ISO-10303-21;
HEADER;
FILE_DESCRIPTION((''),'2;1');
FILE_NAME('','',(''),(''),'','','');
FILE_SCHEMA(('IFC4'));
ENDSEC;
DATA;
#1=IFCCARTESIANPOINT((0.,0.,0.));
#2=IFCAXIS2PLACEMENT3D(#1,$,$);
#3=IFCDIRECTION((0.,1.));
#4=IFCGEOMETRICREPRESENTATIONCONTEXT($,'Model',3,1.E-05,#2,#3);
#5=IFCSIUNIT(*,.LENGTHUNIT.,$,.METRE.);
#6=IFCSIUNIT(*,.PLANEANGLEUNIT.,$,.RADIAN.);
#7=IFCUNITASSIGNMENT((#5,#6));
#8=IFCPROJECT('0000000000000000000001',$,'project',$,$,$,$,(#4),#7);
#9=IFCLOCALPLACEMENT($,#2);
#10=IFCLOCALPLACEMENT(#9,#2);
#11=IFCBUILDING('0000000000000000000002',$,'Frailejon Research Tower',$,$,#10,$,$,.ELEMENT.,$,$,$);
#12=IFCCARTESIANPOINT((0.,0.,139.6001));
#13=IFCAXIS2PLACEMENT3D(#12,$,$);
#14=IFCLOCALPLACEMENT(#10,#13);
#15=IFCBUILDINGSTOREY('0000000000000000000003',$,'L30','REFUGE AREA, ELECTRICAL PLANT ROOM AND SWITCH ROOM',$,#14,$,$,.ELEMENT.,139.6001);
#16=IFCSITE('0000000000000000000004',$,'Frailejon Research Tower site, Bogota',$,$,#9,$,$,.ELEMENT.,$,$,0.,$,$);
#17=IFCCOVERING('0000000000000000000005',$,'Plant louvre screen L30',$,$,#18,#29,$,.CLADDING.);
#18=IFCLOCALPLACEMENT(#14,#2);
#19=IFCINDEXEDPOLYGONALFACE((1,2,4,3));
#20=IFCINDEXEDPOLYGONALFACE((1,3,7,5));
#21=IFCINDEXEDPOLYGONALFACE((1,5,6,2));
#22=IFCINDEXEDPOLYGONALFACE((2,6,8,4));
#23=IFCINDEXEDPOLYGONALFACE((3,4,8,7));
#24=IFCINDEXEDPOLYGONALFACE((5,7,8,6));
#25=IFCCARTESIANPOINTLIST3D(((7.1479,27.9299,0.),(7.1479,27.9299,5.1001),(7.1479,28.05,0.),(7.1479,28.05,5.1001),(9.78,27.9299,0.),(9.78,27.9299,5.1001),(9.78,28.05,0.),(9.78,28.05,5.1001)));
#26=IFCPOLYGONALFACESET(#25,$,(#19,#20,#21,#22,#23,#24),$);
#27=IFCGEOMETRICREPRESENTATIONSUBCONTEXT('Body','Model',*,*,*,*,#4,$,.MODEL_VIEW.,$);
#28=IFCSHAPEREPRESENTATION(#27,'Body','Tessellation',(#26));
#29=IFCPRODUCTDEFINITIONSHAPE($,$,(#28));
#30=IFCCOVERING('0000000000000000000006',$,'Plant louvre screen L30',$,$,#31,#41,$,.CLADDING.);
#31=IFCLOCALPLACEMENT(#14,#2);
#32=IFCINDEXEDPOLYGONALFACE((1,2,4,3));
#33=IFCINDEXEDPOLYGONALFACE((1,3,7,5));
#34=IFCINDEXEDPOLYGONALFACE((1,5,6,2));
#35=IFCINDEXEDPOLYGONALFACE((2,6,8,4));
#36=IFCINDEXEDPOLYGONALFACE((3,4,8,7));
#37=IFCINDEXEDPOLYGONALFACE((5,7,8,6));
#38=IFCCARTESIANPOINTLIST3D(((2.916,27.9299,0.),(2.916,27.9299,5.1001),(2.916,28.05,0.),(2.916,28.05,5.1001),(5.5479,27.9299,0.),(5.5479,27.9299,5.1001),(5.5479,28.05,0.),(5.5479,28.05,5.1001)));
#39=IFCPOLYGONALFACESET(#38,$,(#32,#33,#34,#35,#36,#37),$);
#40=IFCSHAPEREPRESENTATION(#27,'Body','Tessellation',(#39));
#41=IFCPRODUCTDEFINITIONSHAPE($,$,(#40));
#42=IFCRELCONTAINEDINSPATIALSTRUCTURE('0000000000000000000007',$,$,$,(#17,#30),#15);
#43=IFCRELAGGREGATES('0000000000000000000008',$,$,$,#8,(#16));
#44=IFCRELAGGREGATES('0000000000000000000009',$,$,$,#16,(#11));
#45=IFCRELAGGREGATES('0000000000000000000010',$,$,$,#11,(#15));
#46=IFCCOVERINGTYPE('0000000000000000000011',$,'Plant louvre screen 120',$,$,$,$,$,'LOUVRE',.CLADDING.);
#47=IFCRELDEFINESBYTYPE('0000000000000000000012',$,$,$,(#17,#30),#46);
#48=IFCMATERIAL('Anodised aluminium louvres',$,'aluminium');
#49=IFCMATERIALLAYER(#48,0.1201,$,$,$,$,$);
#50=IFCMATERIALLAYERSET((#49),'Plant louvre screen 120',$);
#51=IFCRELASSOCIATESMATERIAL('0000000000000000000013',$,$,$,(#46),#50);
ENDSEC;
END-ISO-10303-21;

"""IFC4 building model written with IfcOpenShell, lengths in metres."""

from ifc_helpers import new_model, si_unit, direction, frame, origin, place, context, subcontext, project, spatial, polyline, outline, extrude, material, layer, layer_set, type_object, element, save


model = new_model("IFC4")

# Units and contexts
model_context = context("Model", 3, precision=1e-05, world=origin(), true_north=direction((0.0, 1.0)))
body_context = subcontext(model_context, "Body", "Model", "MODEL_VIEW")
ifc_project = project(units=[si_unit("LENGTHUNIT", "METRE"), si_unit("PLANEANGLEUNIT", "RADIAN")], contexts=[model_context])

# Site, building, storey
site_placement = place(None, origin())
site = spatial("IfcSite", under=ifc_project, at=site_placement, Name="Frailejon Research Tower site, Bogota", CompositionType="ELEMENT", RefElevation=0.0)
building_placement = place(site_placement, origin())
building = spatial("IfcBuilding", under=site, at=building_placement, Name="Frailejon Research Tower", CompositionType="ELEMENT")
storey_placement = place(building_placement, frame((0.0, 0.0, 139.6001)))
storey = spatial("IfcBuildingStorey", under=building, at=storey_placement, Name="L30", Description="REFUGE AREA, ELECTRICAL PLANT ROOM AND SWITCH ROOM", CompositionType="ELEMENT", Elevation=139.6001)

# Coverings
ifc_material_1 = material(Name="Anodised aluminium louvres", Category="aluminium")
ifc_layer_1 = layer(ifc_material_1, 0.1201)
ifc_layer_set_1 = layer_set([ifc_layer_1], Name="Plant louvre screen 120")
covering_type = type_object("IfcCoveringType", Name="Plant louvre screen 120", ElementType="LOUVRE", PredefinedType="CLADDING", material=ifc_layer_set_1)
covering_1_placement = place(storey_placement, frame((7.1479, 28.05, 0.0), z_axis=(1.0, 0.0, 0.0), x_axis=(0.0, 1.0, 0.0)))
element("IfcCovering", 1, at=covering_1_placement, inside=storey, type_object=covering_type, Name="Plant louvre screen L30", PredefinedType="CLADDING", context=body_context, shape_type="SweptSolid", body=[
    extrude(outline(polyline([(-0.1201, 0.0), (0.0, 0.0), (0.0, 5.1001), (-0.1201, 5.1001), (-0.1201, 0.0)])), origin(), (0.0, 0.0, 1.0), 2.6321),
])
covering_2_placement = place(storey_placement, frame((2.916, 28.05, 0.0), z_axis=(1.0, 0.0, 0.0), x_axis=(0.0, 1.0, 0.0)))
element("IfcCovering", 2, at=covering_2_placement, inside=storey, type_object=covering_type, Name="Plant louvre screen L30", PredefinedType="CLADDING", context=body_context, shape_type="SweptSolid", body=[
    extrude(outline(polyline([(-0.1201, 0.0), (0.0, 0.0), (0.0, 5.1001), (-0.1201, 5.1001), (-0.1201, 0.0)])), origin(), (0.0, 0.0, 1.0), 2.6318),
])

save(model, "model.ifc")
